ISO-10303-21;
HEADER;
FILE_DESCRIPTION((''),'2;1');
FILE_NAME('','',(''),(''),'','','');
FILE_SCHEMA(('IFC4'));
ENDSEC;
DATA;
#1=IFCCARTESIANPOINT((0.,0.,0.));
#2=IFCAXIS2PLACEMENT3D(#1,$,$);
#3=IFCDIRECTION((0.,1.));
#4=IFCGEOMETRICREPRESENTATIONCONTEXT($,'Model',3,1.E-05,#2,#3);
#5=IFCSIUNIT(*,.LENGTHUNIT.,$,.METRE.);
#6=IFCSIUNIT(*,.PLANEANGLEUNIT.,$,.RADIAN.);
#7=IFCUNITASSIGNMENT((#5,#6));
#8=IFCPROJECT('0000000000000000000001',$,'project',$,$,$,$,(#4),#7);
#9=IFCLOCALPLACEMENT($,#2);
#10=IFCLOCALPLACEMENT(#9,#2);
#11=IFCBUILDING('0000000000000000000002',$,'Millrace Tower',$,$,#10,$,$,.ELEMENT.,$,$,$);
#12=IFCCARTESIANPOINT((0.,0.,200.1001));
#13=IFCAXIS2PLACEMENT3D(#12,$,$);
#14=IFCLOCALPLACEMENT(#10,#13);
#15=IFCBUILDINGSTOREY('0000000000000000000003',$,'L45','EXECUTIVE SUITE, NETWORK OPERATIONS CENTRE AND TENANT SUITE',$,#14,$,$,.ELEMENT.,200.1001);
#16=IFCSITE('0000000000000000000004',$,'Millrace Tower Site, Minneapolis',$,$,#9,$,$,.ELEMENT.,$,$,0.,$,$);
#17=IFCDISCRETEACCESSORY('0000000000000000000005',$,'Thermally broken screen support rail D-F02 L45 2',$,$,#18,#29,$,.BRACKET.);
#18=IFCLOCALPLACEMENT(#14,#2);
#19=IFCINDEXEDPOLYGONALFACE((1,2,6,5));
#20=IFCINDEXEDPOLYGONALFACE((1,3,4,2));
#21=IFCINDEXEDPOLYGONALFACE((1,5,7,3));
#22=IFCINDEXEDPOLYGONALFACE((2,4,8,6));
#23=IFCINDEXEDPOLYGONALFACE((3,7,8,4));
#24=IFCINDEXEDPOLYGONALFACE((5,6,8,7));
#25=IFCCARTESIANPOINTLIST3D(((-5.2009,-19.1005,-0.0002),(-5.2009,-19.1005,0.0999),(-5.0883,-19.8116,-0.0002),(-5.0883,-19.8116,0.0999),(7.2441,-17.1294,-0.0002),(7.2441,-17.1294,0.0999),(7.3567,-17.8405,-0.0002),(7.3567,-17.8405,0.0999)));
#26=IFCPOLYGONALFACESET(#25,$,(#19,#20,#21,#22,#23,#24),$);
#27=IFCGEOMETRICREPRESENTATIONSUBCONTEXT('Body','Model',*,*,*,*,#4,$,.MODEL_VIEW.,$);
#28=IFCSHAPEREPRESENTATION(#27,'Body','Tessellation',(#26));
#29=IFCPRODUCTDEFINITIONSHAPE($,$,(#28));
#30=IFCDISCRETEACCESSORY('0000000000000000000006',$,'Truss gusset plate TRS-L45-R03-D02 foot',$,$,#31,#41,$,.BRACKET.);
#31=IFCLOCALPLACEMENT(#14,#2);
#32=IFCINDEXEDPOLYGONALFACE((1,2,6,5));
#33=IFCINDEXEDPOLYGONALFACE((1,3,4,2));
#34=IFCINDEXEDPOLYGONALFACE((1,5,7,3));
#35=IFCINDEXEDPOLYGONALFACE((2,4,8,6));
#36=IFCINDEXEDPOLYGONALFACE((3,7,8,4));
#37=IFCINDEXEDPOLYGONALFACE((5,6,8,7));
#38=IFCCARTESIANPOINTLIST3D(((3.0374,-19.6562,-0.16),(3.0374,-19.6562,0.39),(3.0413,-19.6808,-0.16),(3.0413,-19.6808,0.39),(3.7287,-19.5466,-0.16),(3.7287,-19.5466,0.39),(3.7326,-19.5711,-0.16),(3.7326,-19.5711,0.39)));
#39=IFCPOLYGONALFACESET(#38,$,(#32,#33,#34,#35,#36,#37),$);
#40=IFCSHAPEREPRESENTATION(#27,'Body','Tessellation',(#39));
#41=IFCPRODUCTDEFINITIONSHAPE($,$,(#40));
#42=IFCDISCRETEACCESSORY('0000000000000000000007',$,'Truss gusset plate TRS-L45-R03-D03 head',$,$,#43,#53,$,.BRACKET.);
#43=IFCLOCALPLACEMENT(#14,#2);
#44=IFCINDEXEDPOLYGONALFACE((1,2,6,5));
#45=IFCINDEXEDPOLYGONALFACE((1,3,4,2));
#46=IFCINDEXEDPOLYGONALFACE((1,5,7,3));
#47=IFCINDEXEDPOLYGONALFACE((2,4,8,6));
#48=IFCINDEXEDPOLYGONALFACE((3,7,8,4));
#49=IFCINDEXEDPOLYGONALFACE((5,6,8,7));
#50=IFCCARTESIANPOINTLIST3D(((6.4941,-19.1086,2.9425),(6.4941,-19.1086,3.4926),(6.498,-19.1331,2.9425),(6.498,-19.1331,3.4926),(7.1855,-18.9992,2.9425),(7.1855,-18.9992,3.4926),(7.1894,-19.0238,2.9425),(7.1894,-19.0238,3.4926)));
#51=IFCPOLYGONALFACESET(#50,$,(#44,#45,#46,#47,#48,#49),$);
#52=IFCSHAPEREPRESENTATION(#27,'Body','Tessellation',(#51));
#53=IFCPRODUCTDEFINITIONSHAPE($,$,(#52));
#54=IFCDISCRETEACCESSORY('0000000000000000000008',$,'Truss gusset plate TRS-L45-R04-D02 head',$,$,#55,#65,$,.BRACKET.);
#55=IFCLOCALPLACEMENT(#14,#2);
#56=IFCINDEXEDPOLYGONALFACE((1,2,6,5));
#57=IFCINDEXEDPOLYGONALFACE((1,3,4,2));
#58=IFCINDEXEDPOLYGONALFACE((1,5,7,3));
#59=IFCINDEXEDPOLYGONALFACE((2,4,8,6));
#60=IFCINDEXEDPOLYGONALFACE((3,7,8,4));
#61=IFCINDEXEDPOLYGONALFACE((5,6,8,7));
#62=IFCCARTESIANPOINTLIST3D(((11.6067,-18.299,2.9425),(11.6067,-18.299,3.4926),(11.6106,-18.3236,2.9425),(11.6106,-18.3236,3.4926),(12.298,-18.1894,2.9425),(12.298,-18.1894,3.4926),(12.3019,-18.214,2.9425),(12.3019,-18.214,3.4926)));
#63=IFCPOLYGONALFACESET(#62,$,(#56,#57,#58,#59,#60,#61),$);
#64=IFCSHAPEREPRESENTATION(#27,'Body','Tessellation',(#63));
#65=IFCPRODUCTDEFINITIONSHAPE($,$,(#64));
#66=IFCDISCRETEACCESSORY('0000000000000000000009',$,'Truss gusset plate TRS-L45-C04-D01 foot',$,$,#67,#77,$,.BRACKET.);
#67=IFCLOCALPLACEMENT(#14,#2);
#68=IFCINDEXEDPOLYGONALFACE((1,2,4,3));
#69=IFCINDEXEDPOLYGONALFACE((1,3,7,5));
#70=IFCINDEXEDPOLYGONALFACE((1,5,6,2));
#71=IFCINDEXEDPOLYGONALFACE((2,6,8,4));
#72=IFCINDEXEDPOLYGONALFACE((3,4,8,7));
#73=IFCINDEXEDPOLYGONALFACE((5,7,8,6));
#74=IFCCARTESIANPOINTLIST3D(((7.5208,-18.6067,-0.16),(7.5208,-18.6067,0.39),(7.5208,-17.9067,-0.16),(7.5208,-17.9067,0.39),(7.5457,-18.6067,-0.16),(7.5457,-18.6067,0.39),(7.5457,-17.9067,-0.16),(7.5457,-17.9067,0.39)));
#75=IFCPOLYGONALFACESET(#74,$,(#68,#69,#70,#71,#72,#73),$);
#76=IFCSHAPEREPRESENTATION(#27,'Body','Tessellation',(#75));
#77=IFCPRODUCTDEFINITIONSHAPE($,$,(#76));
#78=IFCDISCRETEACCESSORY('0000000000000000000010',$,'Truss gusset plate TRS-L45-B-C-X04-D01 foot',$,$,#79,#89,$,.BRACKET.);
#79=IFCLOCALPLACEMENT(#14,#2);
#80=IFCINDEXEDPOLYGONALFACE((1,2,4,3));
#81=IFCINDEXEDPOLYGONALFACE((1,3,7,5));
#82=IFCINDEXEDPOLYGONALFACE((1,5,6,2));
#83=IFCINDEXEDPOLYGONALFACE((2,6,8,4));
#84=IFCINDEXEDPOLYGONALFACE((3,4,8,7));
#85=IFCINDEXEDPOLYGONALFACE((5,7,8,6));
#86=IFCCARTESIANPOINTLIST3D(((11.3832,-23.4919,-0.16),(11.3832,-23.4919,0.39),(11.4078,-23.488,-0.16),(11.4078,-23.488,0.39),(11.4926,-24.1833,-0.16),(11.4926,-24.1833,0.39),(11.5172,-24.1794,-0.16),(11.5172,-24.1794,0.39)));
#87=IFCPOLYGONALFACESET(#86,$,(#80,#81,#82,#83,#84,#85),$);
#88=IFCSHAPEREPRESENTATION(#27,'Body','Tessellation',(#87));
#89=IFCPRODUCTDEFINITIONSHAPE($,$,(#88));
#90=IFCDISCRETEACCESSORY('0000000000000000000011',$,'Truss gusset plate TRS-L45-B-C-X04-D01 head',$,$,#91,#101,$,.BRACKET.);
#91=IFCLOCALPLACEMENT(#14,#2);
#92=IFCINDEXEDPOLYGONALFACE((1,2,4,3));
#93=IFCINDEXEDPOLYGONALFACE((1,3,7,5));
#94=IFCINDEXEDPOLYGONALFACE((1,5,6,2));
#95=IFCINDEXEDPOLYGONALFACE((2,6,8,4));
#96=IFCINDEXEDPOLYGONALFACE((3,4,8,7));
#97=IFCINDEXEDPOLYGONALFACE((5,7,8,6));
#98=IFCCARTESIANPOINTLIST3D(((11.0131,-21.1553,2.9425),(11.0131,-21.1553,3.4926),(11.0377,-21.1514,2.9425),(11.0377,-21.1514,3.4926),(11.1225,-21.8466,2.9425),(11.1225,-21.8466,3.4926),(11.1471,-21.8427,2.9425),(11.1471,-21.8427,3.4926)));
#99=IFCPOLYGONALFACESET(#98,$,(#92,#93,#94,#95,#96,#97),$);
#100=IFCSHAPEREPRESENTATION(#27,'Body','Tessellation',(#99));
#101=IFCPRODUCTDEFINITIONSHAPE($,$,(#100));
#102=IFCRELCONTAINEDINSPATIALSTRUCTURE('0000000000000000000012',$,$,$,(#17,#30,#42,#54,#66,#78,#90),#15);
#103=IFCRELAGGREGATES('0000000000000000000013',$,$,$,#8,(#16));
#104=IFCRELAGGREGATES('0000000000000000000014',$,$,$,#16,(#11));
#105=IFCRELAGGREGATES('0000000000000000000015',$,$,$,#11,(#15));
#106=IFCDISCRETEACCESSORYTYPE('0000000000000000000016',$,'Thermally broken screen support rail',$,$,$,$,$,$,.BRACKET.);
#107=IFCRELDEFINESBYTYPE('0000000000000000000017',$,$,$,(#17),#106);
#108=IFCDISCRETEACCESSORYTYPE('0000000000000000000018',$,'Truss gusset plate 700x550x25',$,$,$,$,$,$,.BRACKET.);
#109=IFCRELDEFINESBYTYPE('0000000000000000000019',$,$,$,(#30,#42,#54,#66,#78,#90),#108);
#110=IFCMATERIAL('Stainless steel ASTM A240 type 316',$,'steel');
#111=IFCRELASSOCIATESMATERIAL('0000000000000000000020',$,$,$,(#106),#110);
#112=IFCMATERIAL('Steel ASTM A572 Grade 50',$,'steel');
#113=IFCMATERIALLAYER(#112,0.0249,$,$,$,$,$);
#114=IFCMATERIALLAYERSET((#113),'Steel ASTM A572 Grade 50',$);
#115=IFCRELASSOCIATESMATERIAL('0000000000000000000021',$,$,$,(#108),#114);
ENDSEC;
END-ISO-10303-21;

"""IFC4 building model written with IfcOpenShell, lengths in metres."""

from ifc_helpers import new_model, si_unit, direction, frame, origin, origin_2d, place, context, subcontext, project, spatial, rectangle, extrude, material, layer, layer_set, type_object, element, save


model = new_model("IFC4")

# Units and contexts
model_context = context("Model", 3, precision=1e-05, world=origin(), true_north=direction((0.0, 1.0)))
body_context = subcontext(model_context, "Body", "Model", "MODEL_VIEW")
ifc_project = project(units=[si_unit("LENGTHUNIT", "METRE"), si_unit("PLANEANGLEUNIT", "RADIAN")], contexts=[model_context])

# Site, building, storey
site_placement = place(None, origin())
site = spatial("IfcSite", under=ifc_project, at=site_placement, Name="Millrace Tower Site, Minneapolis", CompositionType="ELEMENT", RefElevation=0.0)
building_placement = place(site_placement, origin())
building = spatial("IfcBuilding", under=site, at=building_placement, Name="Millrace Tower", CompositionType="ELEMENT")
storey_placement = place(building_placement, frame((0.0, 0.0, 200.1001)))
storey = spatial("IfcBuildingStorey", under=building, at=storey_placement, Name="L45", Description="EXECUTIVE SUITE, NETWORK OPERATIONS CENTRE AND TENANT SUITE", CompositionType="ELEMENT", Elevation=200.1001)

# Discrete accessories
ifc_material_1 = material(Name="Stainless steel ASTM A240 type 316", Category="steel")
discrete_accessory_type_1 = type_object("IfcDiscreteAccessoryType", Name="Thermally broken screen support rail", PredefinedType="BRACKET", material=ifc_material_1)
discrete_accessory_placement = place(storey_placement, frame((1.0779, -18.4705, -0.0002), z_axis=(0.0, 0.0, 1.0), x_axis=(0.987688, 0.156434, 0.0)))
element("IfcDiscreteAccessory", 1, at=discrete_accessory_placement, inside=storey, type_object=discrete_accessory_type_1, Name="Thermally broken screen support rail D-F02 L45 2", PredefinedType="BRACKET", context=body_context, shape_type="SweptSolid", body=[
    extrude(rectangle(XDim=12.6001, YDim=0.72, at=origin_2d()), origin(), (0.0, 0.0, 1.0), 0.1001),
])
ifc_material_2 = material(Name="Steel ASTM A572 Grade 50", Category="steel")
ifc_layer_1 = layer(ifc_material_2, 0.0249)
ifc_layer_set_1 = layer_set([ifc_layer_1], Name="Steel ASTM A572 Grade 50")
discrete_accessory_type_2 = type_object("IfcDiscreteAccessoryType", Name="Truss gusset plate 700x550x25", PredefinedType="BRACKET", material=ifc_layer_set_1)
for number, where, z_axis, x_axis, name in (
    (2, (3.0393, -19.6685, 0.115), (0.987664, 0.156589, 0.0), (-0.156589, 0.987664, 0.0), "Truss gusset plate TRS-L45-R03-D02 foot"),
    (3, (6.4961, -19.1208, 3.2175), (0.987718, 0.156249, 0.0), (-0.156249, 0.987718, 0.0), "Truss gusset plate TRS-L45-R03-D03 head"),
    (4, (11.6086, -18.3113, 3.2175), (0.987664, 0.156589, 0.0), (-0.156589, 0.987664, 0.0), "Truss gusset plate TRS-L45-R04-D02 head"),
    (5, (7.5332, -18.6067, 0.115), (0.0, 1.0, 0.0), (-1.0, 0.0, 0.0), "Truss gusset plate TRS-L45-C04-D01 foot"),
    (6, (11.3955, -23.49, 0.115), (0.156249, -0.987718, 0.0), (0.987718, 0.156249, 0.0), "Truss gusset plate TRS-L45-B-C-X04-D01 foot"),
    (7, (11.0254, -21.1533, 3.2175), (0.156249, -0.987718, 0.0), (0.987718, 0.156249, 0.0), "Truss gusset plate TRS-L45-B-C-X04-D01 head"),
):
    element("IfcDiscreteAccessory", number, at=place(storey_placement, frame(where, z_axis=z_axis, x_axis=x_axis)), inside=storey, type_object=discrete_accessory_type_2, Name=name, PredefinedType="BRACKET", context=body_context, shape_type="SweptSolid", body=[
        extrude(rectangle(XDim=0.0249, YDim=0.55, at=origin_2d()), origin(), (0.0, 0.0, 1.0), 0.7),
    ])

save(model, "model.ifc")
